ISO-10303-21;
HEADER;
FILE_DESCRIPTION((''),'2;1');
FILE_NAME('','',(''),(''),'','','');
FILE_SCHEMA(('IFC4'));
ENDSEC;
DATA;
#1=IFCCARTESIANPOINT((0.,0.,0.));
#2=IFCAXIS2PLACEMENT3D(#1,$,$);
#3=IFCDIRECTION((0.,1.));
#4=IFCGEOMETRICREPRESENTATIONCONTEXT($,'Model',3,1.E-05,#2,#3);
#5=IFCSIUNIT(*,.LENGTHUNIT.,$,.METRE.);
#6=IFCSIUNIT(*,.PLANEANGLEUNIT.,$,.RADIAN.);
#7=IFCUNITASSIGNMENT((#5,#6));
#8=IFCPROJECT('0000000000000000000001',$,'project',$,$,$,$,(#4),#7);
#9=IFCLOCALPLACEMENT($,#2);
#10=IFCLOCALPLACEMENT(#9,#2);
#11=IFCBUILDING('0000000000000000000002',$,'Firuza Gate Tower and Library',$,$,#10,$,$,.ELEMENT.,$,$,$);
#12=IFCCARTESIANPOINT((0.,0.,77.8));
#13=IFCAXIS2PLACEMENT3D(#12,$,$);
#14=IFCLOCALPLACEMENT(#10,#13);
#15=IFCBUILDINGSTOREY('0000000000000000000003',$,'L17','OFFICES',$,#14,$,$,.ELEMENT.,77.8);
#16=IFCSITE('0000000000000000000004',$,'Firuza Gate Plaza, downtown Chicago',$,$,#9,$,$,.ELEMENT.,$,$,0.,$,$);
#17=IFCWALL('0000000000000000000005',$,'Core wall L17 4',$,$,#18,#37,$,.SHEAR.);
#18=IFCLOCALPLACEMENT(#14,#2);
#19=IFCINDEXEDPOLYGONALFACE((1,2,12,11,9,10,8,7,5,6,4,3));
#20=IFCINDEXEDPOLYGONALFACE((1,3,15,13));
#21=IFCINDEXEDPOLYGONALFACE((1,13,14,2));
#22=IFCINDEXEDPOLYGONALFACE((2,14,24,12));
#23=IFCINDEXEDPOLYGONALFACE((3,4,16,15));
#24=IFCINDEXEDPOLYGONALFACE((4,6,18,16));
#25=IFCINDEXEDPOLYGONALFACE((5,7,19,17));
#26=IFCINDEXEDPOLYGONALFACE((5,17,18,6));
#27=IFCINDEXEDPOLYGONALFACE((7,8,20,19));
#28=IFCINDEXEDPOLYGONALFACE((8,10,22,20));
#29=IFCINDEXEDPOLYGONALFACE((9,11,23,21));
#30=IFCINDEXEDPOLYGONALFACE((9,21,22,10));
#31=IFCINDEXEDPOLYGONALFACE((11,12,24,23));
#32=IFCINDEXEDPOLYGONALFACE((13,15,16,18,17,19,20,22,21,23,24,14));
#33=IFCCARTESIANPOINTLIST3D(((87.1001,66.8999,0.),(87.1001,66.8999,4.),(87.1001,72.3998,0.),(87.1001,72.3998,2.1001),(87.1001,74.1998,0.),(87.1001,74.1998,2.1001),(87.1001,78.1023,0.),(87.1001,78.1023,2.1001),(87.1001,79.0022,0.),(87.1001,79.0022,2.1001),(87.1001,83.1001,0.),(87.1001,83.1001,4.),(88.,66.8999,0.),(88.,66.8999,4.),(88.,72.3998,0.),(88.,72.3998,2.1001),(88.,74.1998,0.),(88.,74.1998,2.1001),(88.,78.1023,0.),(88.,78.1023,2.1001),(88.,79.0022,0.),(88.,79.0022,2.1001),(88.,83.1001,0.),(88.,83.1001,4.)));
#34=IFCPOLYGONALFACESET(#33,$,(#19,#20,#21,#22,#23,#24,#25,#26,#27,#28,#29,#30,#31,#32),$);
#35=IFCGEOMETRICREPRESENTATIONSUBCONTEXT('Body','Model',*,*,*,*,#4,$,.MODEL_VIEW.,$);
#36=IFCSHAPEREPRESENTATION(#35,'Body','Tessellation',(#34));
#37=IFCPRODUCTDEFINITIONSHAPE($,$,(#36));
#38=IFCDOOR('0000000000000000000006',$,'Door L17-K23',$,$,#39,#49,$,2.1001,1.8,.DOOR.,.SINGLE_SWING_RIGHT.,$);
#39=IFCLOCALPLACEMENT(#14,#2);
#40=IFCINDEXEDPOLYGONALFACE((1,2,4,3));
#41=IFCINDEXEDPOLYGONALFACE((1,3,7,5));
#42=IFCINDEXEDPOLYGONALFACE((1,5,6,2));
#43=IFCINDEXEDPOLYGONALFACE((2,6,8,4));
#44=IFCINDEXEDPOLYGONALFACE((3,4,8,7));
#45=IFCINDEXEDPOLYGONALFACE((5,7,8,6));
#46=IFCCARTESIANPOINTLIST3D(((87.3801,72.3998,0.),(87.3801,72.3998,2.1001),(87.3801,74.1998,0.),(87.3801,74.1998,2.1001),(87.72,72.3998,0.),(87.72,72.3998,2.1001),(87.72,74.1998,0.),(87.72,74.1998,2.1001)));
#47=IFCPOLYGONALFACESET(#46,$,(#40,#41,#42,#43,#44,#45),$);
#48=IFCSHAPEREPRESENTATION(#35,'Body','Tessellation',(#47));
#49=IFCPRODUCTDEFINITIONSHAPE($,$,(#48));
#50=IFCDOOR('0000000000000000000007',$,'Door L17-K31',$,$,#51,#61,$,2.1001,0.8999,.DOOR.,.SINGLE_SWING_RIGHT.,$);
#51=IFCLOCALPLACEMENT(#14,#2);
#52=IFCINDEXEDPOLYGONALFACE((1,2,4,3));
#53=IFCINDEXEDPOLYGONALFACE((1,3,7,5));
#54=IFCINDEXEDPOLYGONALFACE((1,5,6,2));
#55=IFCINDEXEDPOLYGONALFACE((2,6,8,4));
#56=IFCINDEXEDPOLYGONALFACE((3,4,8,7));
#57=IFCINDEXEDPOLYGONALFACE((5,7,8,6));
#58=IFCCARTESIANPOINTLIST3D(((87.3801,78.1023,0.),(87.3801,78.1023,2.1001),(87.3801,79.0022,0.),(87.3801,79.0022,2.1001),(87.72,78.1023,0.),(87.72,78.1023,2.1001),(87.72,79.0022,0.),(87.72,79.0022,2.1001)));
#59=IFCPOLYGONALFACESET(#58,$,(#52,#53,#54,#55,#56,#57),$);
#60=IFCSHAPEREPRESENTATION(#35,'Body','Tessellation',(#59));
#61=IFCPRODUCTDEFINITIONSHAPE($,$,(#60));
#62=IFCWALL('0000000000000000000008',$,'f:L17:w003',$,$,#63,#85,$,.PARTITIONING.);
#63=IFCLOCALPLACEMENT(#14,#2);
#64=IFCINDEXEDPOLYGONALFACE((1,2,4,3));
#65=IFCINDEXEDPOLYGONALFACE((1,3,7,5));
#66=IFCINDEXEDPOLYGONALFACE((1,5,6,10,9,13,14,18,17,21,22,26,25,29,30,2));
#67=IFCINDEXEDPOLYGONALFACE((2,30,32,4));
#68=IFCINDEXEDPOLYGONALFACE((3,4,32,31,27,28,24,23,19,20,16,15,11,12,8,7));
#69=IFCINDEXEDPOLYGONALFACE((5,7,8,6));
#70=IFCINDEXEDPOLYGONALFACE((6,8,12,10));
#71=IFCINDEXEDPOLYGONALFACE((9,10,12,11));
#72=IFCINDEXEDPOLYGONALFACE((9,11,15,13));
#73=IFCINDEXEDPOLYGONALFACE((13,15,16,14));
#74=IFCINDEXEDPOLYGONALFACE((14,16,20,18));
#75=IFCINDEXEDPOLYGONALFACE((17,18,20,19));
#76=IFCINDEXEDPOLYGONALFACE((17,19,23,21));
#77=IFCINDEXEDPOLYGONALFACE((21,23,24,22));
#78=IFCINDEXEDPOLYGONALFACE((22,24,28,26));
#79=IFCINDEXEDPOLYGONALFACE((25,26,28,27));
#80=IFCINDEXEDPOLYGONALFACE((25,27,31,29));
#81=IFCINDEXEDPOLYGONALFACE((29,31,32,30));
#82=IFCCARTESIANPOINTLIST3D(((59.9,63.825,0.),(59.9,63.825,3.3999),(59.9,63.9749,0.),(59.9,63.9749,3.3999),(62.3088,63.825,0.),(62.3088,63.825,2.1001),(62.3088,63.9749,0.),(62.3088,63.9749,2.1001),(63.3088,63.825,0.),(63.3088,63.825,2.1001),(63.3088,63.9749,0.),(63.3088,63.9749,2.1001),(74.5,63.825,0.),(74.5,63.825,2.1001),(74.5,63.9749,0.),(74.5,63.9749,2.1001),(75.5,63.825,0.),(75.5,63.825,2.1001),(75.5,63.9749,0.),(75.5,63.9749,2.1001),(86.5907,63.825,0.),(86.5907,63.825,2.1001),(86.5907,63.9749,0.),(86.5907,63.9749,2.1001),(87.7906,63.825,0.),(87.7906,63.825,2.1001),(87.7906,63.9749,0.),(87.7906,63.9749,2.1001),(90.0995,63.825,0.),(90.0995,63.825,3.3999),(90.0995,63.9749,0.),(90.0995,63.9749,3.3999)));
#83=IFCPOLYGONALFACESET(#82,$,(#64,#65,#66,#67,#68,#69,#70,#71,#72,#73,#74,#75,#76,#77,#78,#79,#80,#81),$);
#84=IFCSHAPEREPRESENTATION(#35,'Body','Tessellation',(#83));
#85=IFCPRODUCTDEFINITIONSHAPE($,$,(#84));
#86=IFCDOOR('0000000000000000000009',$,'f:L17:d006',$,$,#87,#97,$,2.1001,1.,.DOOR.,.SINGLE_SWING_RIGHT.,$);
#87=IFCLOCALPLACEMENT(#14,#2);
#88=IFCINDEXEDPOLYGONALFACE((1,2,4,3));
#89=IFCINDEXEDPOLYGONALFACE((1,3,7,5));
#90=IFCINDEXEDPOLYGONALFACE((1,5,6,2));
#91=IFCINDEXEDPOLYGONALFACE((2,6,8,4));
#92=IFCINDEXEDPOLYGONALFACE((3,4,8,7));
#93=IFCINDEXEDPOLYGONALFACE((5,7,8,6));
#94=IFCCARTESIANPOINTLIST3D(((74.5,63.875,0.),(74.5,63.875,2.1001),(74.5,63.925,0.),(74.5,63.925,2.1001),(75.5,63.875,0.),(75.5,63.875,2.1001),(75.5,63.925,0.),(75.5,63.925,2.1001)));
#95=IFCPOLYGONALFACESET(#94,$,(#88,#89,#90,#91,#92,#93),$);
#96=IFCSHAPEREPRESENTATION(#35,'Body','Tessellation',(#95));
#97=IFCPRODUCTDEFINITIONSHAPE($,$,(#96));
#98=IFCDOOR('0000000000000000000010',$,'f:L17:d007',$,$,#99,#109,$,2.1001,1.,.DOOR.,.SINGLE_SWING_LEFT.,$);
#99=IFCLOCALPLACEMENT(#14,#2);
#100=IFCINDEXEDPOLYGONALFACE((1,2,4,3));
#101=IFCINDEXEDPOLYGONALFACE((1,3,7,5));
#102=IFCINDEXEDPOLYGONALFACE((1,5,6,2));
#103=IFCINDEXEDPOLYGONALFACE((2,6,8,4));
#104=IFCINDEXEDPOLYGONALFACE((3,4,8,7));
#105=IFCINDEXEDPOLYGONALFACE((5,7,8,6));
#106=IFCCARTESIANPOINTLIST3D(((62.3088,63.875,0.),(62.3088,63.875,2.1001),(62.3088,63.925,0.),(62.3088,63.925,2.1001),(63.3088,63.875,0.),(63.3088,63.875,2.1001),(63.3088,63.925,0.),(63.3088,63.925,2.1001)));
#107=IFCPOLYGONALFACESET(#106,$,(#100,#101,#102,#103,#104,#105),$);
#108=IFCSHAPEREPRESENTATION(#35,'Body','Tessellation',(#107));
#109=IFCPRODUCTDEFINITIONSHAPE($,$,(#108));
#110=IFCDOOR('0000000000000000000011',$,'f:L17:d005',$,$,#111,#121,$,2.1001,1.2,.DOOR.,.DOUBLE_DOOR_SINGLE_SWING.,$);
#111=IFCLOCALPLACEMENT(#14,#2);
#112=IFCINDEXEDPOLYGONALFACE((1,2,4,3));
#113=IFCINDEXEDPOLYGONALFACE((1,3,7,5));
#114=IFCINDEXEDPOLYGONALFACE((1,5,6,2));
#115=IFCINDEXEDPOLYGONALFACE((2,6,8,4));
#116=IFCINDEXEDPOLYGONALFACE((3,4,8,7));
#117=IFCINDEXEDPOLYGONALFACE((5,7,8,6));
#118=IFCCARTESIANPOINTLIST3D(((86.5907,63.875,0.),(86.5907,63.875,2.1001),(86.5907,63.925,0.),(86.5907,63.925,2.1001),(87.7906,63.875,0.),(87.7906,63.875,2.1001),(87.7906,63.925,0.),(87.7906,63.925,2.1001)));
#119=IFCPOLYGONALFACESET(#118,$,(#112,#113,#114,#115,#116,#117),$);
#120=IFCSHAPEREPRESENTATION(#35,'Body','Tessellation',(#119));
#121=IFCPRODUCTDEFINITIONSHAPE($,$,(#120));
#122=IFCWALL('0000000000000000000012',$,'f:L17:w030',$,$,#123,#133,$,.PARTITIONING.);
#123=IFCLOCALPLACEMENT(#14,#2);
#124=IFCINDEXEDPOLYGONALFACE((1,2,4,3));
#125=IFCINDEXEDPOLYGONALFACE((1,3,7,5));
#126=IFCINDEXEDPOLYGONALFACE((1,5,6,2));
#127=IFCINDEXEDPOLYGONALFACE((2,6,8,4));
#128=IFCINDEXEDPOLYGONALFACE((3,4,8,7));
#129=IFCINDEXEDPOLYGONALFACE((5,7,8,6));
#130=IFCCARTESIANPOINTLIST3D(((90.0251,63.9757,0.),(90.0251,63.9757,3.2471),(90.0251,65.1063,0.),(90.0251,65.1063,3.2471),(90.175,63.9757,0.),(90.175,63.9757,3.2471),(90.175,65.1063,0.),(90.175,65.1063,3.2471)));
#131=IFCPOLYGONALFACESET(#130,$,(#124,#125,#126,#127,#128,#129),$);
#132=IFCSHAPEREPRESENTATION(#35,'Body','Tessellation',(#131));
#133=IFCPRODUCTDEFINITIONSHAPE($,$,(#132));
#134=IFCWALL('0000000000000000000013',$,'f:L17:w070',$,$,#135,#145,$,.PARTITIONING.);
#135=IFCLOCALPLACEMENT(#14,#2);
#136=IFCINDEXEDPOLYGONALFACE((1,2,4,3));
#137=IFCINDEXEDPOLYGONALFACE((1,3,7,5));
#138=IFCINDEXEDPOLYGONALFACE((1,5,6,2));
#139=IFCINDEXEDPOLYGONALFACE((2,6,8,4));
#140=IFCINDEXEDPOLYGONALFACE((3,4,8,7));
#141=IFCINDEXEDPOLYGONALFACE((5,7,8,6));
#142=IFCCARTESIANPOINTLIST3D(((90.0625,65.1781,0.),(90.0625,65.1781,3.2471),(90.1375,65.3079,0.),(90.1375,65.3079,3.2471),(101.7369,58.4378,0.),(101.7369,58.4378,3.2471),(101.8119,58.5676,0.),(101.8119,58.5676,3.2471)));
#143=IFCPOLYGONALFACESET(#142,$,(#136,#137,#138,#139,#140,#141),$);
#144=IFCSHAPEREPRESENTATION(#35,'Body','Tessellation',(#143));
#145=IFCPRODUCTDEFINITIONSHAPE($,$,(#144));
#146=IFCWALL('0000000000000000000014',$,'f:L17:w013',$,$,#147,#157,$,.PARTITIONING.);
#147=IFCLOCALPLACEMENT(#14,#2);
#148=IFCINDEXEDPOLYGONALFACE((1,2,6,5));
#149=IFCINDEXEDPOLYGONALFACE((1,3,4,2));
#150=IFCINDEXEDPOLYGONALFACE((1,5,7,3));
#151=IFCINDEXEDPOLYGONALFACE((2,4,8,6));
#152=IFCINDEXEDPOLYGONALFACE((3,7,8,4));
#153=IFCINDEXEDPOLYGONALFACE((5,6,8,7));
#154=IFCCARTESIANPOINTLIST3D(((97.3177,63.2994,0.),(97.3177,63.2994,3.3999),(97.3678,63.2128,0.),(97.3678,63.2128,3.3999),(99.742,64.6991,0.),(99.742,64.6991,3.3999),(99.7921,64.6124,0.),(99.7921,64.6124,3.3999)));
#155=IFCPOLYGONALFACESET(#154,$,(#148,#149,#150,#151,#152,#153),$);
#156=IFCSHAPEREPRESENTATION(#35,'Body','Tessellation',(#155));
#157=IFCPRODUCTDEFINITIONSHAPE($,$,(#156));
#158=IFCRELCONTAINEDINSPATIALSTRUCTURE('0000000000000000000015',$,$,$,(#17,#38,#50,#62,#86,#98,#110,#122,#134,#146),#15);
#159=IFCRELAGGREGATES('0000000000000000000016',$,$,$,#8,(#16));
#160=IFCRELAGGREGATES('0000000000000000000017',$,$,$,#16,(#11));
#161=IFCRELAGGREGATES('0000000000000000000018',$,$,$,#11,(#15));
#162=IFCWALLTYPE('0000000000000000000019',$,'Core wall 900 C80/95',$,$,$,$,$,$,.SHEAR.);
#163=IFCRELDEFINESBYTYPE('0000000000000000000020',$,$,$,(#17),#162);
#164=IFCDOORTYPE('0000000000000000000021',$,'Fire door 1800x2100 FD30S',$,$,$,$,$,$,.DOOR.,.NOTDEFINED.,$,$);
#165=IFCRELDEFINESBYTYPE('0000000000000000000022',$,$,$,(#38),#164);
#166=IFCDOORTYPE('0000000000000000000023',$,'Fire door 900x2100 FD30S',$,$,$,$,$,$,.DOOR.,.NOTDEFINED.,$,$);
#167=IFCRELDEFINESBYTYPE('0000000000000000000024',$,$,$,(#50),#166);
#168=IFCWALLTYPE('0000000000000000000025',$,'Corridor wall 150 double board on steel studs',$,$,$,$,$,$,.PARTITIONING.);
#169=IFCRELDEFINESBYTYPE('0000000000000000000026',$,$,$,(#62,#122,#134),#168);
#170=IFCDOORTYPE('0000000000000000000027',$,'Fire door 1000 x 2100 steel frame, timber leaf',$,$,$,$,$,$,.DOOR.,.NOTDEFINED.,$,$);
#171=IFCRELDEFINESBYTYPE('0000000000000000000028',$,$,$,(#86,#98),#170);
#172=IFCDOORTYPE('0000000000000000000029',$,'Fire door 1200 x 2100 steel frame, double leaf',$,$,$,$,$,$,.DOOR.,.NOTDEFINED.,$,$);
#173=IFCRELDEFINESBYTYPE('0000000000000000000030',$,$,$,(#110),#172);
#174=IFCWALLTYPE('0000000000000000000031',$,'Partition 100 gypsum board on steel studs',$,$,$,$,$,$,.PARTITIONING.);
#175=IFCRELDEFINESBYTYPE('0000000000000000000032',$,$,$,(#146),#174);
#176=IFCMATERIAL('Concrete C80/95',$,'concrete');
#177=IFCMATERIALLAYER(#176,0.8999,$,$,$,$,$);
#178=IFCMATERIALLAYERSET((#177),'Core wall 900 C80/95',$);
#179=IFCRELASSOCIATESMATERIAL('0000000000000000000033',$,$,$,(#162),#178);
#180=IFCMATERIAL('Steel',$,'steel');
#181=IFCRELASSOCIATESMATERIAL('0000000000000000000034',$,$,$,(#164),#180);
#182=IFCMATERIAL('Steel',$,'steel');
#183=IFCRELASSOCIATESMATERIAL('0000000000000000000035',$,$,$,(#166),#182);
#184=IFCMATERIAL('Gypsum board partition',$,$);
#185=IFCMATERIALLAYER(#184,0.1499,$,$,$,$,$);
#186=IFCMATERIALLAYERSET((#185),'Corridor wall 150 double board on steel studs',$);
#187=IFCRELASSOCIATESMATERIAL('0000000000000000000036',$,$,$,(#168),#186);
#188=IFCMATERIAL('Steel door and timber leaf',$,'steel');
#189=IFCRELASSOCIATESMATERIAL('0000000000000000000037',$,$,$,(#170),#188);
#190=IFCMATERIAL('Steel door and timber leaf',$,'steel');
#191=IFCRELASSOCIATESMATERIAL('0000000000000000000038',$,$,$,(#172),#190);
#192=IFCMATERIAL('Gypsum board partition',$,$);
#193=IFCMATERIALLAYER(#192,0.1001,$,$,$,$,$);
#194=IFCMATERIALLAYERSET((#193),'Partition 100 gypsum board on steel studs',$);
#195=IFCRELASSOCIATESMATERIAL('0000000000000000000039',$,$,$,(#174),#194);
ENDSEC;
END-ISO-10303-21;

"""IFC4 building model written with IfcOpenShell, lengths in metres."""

from ifc_helpers import new_model, si_unit, direction, frame, frame_2d, origin, place, context, subcontext, project, spatial, rectangle, extrude, material, layer, layer_set, type_object, element, fill, save


model = new_model("IFC4")

# Units and contexts
model_context = context("Model", 3, precision=1e-05, world=origin(), true_north=direction((0.0, 1.0)))
body_context = subcontext(model_context, "Body", "Model", "MODEL_VIEW")
ifc_project = project(units=[si_unit("LENGTHUNIT", "METRE"), si_unit("PLANEANGLEUNIT", "RADIAN")], contexts=[model_context])

# Site, building, storey
site_placement = place(None, origin())
site = spatial("IfcSite", under=ifc_project, at=site_placement, Name="Firuza Gate Plaza, downtown Chicago", CompositionType="ELEMENT", RefElevation=0.0)
building_placement = place(site_placement, origin())
building = spatial("IfcBuilding", under=site, at=building_placement, Name="Firuza Gate Tower and Library", CompositionType="ELEMENT")
storey_placement = place(building_placement, frame((0.0, 0.0, 77.8)))
storey = spatial("IfcBuildingStorey", under=building, at=storey_placement, Name="L17", Description="OFFICES", CompositionType="ELEMENT", Elevation=77.8)

# Walls, openings, doors
ifc_material_1 = material(Name="Concrete C80/95", Category="concrete")
ifc_layer_1 = layer(ifc_material_1, 0.8999)
ifc_layer_set_1 = layer_set([ifc_layer_1], Name="Core wall 900 C80/95")
wall_type_1 = type_object("IfcWallType", Name="Core wall 900 C80/95", PredefinedType="SHEAR", material=ifc_layer_set_1)
wall_1_placement = place(storey_placement, frame((87.55, 66.8999, 0.0), z_axis=(0.0, 0.0, 1.0), x_axis=(0.0, 1.0, 0.0)))
wall_1 = element("IfcWall", 1, at=wall_1_placement, inside=storey, type_object=wall_type_1, Name="Core wall L17 4", PredefinedType="SHEAR", context=body_context, shape_type="SweptSolid", body=[
    extrude(rectangle(XDim=16.2002, YDim=0.8999, at=frame_2d((8.1001, 0.0))), origin(), (0.0, 0.0, 1.0), 4.0),
])
opening_1_placement = place(wall_1_placement, frame((5.5, 0.0, 0.0)))
opening_1 = element("IfcOpeningElement", 2, at=opening_1_placement, cuts=wall_1, PredefinedType="OPENING", context=body_context, shape_type="SweptSolid", body=[
    extrude(rectangle(XDim=1.8, YDim=2.1001, at=frame_2d((0.8999, 1.05))), frame((0.0, 0.46, 0.0), z_axis=(0.0, -1.0, 0.0), x_axis=(1.0, 0.0, 0.0)), (0.0, 0.0, 1.0), 0.9199),
])
opening_2_placement = place(wall_1_placement, frame((11.2024, 0.0, 0.0)))
opening_2 = element("IfcOpeningElement", 3, at=opening_2_placement, cuts=wall_1, PredefinedType="OPENING", context=body_context, shape_type="SweptSolid", body=[
    extrude(rectangle(XDim=0.8999, YDim=2.1001, at=frame_2d((0.45, 1.05))), frame((0.0, 0.46, 0.0), z_axis=(0.0, -1.0, 0.0), x_axis=(1.0, 0.0, 0.0)), (0.0, 0.0, 1.0), 0.9199),
])
ifc_material_2 = material(Name="Steel", Category="steel")
door_type_1 = type_object("IfcDoorType", Name="Fire door 1800x2100 FD30S", OperationType="NOTDEFINED", PredefinedType="DOOR", material=ifc_material_2)
door_1_placement = place(opening_1_placement, origin())
door_1 = element("IfcDoor", 4, at=door_1_placement, inside=storey, type_object=door_type_1, Name="Door L17-K23", OperationType="SINGLE_SWING_RIGHT", OverallHeight=2.1001, OverallWidth=1.8, PredefinedType="DOOR", context=body_context, shape_type="SweptSolid", body=[
    extrude(rectangle(XDim=1.8, YDim=2.1001, at=frame_2d((0.8999, 1.05))), frame((0.0, 0.1699, 0.0), z_axis=(0.0, -1.0, 0.0), x_axis=(1.0, 0.0, 0.0)), (0.0, 0.0, 1.0), 0.3398),
])
fill(opening_1, door_1)
ifc_material_3 = material(Name="Steel", Category="steel")
door_type_2 = type_object("IfcDoorType", Name="Fire door 900x2100 FD30S", OperationType="NOTDEFINED", PredefinedType="DOOR", material=ifc_material_3)
door_2_placement = place(opening_2_placement, origin())
door_2 = element("IfcDoor", 5, at=door_2_placement, inside=storey, type_object=door_type_2, Name="Door L17-K31", OperationType="SINGLE_SWING_RIGHT", OverallHeight=2.1001, OverallWidth=0.8999, PredefinedType="DOOR", context=body_context, shape_type="SweptSolid", body=[
    extrude(rectangle(XDim=0.8999, YDim=2.1001, at=frame_2d((0.45, 1.05))), frame((0.0, 0.1699, 0.0), z_axis=(0.0, -1.0, 0.0), x_axis=(1.0, 0.0, 0.0)), (0.0, 0.0, 1.0), 0.3398),
])
fill(opening_2, door_2)
ifc_material_4 = material(Name="Gypsum board partition")
ifc_layer_2 = layer(ifc_material_4, 0.1499)
ifc_layer_set_2 = layer_set([ifc_layer_2], Name="Corridor wall 150 double board on steel studs")
wall_type_2 = type_object("IfcWallType", Name="Corridor wall 150 double board on steel studs", PredefinedType="PARTITIONING", material=ifc_layer_set_2)
wall_2_placement = place(storey_placement, frame((90.0994, 63.8999, 0.0), z_axis=(0.0, 0.0, 1.0), x_axis=(-1.0, 0.0, 0.0)))
wall_2 = element("IfcWall", 6, at=wall_2_placement, inside=storey, type_object=wall_type_2, Name="f:L17:w003", PredefinedType="PARTITIONING", context=body_context, shape_type="SweptSolid", body=[
    extrude(rectangle(XDim=30.1995, YDim=0.1499, at=frame_2d((15.0996, 0.0))), origin(), (0.0, 0.0, 1.0), 3.3999),
])
opening_3_placement = place(wall_2_placement, frame((2.3086, 0.0, 0.0)))
opening_3 = element("IfcOpeningElement", 7, at=opening_3_placement, cuts=wall_2, PredefinedType="OPENING", context=body_context, shape_type="SweptSolid", body=[
    extrude(rectangle(XDim=1.2, YDim=2.1001, at=frame_2d((0.6001, 1.05))), frame((0.0, 0.085, 0.0), z_axis=(0.0, -1.0, 0.0), x_axis=(1.0, 0.0, 0.0)), (0.0, 0.0, 1.0), 0.1699),
])
opening_4_placement = place(wall_2_placement, frame((14.5994, 0.0, 0.0)))
opening_4 = element("IfcOpeningElement", 8, at=opening_4_placement, cuts=wall_2, PredefinedType="OPENING", context=body_context, shape_type="SweptSolid", body=[
    extrude(rectangle(XDim=1.0, YDim=2.1001, at=frame_2d((0.5, 1.05))), frame((0.0, 0.085, 0.0), z_axis=(0.0, -1.0, 0.0), x_axis=(1.0, 0.0, 0.0)), (0.0, 0.0, 1.0), 0.1699),
])
opening_5_placement = place(wall_2_placement, frame((26.7905, 0.0, 0.0)))
opening_5 = element("IfcOpeningElement", 9, at=opening_5_placement, cuts=wall_2, PredefinedType="OPENING", context=body_context, shape_type="SweptSolid", body=[
    extrude(rectangle(XDim=1.0, YDim=2.1001, at=frame_2d((0.5, 1.05))), frame((0.0, 0.085, 0.0), z_axis=(0.0, -1.0, 0.0), x_axis=(1.0, 0.0, 0.0)), (0.0, 0.0, 1.0), 0.1699),
])
ifc_material_5 = material(Name="Steel door and timber leaf", Category="steel")
door_type_3 = type_object("IfcDoorType", Name="Fire door 1000 x 2100 steel frame, timber leaf", OperationType="NOTDEFINED", PredefinedType="DOOR", material=ifc_material_5)
door_3_placement = place(opening_4_placement, origin())
door_3 = element("IfcDoor", 10, at=door_3_placement, inside=storey, type_object=door_type_3, Name="f:L17:d006", OperationType="SINGLE_SWING_RIGHT", OverallHeight=2.1001, OverallWidth=1.0, PredefinedType="DOOR", context=body_context, shape_type="SweptSolid", body=[
    extrude(rectangle(XDim=1.0, YDim=2.1001, at=frame_2d((0.5, 1.05))), frame((0.0, 0.0249, 0.0), z_axis=(0.0, -1.0, 0.0), x_axis=(1.0, 0.0, 0.0)), (0.0, 0.0, 1.0), 0.05),
])
fill(opening_4, door_3)
door_4_placement = place(opening_5_placement, origin())
door_4 = element("IfcDoor", 11, at=door_4_placement, inside=storey, type_object=door_type_3, Name="f:L17:d007", OperationType="SINGLE_SWING_LEFT", OverallHeight=2.1001, OverallWidth=1.0, PredefinedType="DOOR", context=body_context, shape_type="SweptSolid", body=[
    extrude(rectangle(XDim=1.0, YDim=2.1001, at=frame_2d((0.5, 1.05))), frame((0.0, 0.0249, 0.0), z_axis=(0.0, -1.0, 0.0), x_axis=(1.0, 0.0, 0.0)), (0.0, 0.0, 1.0), 0.05),
])
fill(opening_5, door_4)
ifc_material_6 = material(Name="Steel door and timber leaf", Category="steel")
door_type_4 = type_object("IfcDoorType", Name="Fire door 1200 x 2100 steel frame, double leaf", OperationType="NOTDEFINED", PredefinedType="DOOR", material=ifc_material_6)
door_5_placement = place(opening_3_placement, origin())
door_5 = element("IfcDoor", 12, at=door_5_placement, inside=storey, type_object=door_type_4, Name="f:L17:d005", OperationType="DOUBLE_DOOR_SINGLE_SWING", OverallHeight=2.1001, OverallWidth=1.2, PredefinedType="DOOR", context=body_context, shape_type="SweptSolid", body=[
    extrude(rectangle(XDim=1.2, YDim=2.1001, at=frame_2d((0.6001, 1.05))), frame((0.0, 0.0249, 0.0), z_axis=(0.0, -1.0, 0.0), x_axis=(1.0, 0.0, 0.0)), (0.0, 0.0, 1.0), 0.05),
])
fill(opening_3, door_5)

# Walls
wall_3_placement = place(storey_placement, frame((90.1001, 63.9756, 0.0), z_axis=(0.0, 0.0, 1.0), x_axis=(0.0, 1.0, 0.0)))
element("IfcWall", 13, at=wall_3_placement, inside=storey, type_object=wall_type_2, Name="f:L17:w030", PredefinedType="PARTITIONING", context=body_context, shape_type="SweptSolid", body=[
    extrude(rectangle(XDim=1.1306, YDim=0.1499, at=frame_2d((0.5654, 0.0))), origin(), (0.0, 0.0, 1.0), 3.2471),
])
wall_4_placement = place(storey_placement, frame((101.7744, 58.5027, 0.0), z_axis=(0.0, 0.0, 1.0), x_axis=(-0.866023, 0.500004, 0.0)))
element("IfcWall", 14, at=wall_4_placement, inside=storey, type_object=wall_type_2, Name="f:L17:w070", PredefinedType="PARTITIONING", context=body_context, shape_type="SweptSolid", body=[
    extrude(rectangle(XDim=13.4805, YDim=0.1499, at=frame_2d((6.7402, 0.0))), origin(), (0.0, 0.0, 1.0), 3.2471),
])
ifc_material_7 = material(Name="Gypsum board partition")
ifc_layer_3 = layer(ifc_material_7, 0.1001)
ifc_layer_set_3 = layer_set([ifc_layer_3], Name="Partition 100 gypsum board on steel studs")
wall_type_3 = type_object("IfcWallType", Name="Partition 100 gypsum board on steel studs", PredefinedType="PARTITIONING", material=ifc_layer_set_3)
wall_5_placement = place(storey_placement, frame((97.3428, 63.2561, 0.0), z_axis=(0.0, 0.0, 1.0), x_axis=(0.866029, 0.499994, 0.0)))
element("IfcWall", 15, at=wall_5_placement, inside=storey, type_object=wall_type_3, Name="f:L17:w013", PredefinedType="PARTITIONING", context=body_context, shape_type="SweptSolid", body=[
    extrude(rectangle(XDim=2.7993, YDim=0.1001, at=frame_2d((1.3997, 0.0))), origin(), (0.0, 0.0, 1.0), 3.3999),
])

save(model, "model.ifc")
